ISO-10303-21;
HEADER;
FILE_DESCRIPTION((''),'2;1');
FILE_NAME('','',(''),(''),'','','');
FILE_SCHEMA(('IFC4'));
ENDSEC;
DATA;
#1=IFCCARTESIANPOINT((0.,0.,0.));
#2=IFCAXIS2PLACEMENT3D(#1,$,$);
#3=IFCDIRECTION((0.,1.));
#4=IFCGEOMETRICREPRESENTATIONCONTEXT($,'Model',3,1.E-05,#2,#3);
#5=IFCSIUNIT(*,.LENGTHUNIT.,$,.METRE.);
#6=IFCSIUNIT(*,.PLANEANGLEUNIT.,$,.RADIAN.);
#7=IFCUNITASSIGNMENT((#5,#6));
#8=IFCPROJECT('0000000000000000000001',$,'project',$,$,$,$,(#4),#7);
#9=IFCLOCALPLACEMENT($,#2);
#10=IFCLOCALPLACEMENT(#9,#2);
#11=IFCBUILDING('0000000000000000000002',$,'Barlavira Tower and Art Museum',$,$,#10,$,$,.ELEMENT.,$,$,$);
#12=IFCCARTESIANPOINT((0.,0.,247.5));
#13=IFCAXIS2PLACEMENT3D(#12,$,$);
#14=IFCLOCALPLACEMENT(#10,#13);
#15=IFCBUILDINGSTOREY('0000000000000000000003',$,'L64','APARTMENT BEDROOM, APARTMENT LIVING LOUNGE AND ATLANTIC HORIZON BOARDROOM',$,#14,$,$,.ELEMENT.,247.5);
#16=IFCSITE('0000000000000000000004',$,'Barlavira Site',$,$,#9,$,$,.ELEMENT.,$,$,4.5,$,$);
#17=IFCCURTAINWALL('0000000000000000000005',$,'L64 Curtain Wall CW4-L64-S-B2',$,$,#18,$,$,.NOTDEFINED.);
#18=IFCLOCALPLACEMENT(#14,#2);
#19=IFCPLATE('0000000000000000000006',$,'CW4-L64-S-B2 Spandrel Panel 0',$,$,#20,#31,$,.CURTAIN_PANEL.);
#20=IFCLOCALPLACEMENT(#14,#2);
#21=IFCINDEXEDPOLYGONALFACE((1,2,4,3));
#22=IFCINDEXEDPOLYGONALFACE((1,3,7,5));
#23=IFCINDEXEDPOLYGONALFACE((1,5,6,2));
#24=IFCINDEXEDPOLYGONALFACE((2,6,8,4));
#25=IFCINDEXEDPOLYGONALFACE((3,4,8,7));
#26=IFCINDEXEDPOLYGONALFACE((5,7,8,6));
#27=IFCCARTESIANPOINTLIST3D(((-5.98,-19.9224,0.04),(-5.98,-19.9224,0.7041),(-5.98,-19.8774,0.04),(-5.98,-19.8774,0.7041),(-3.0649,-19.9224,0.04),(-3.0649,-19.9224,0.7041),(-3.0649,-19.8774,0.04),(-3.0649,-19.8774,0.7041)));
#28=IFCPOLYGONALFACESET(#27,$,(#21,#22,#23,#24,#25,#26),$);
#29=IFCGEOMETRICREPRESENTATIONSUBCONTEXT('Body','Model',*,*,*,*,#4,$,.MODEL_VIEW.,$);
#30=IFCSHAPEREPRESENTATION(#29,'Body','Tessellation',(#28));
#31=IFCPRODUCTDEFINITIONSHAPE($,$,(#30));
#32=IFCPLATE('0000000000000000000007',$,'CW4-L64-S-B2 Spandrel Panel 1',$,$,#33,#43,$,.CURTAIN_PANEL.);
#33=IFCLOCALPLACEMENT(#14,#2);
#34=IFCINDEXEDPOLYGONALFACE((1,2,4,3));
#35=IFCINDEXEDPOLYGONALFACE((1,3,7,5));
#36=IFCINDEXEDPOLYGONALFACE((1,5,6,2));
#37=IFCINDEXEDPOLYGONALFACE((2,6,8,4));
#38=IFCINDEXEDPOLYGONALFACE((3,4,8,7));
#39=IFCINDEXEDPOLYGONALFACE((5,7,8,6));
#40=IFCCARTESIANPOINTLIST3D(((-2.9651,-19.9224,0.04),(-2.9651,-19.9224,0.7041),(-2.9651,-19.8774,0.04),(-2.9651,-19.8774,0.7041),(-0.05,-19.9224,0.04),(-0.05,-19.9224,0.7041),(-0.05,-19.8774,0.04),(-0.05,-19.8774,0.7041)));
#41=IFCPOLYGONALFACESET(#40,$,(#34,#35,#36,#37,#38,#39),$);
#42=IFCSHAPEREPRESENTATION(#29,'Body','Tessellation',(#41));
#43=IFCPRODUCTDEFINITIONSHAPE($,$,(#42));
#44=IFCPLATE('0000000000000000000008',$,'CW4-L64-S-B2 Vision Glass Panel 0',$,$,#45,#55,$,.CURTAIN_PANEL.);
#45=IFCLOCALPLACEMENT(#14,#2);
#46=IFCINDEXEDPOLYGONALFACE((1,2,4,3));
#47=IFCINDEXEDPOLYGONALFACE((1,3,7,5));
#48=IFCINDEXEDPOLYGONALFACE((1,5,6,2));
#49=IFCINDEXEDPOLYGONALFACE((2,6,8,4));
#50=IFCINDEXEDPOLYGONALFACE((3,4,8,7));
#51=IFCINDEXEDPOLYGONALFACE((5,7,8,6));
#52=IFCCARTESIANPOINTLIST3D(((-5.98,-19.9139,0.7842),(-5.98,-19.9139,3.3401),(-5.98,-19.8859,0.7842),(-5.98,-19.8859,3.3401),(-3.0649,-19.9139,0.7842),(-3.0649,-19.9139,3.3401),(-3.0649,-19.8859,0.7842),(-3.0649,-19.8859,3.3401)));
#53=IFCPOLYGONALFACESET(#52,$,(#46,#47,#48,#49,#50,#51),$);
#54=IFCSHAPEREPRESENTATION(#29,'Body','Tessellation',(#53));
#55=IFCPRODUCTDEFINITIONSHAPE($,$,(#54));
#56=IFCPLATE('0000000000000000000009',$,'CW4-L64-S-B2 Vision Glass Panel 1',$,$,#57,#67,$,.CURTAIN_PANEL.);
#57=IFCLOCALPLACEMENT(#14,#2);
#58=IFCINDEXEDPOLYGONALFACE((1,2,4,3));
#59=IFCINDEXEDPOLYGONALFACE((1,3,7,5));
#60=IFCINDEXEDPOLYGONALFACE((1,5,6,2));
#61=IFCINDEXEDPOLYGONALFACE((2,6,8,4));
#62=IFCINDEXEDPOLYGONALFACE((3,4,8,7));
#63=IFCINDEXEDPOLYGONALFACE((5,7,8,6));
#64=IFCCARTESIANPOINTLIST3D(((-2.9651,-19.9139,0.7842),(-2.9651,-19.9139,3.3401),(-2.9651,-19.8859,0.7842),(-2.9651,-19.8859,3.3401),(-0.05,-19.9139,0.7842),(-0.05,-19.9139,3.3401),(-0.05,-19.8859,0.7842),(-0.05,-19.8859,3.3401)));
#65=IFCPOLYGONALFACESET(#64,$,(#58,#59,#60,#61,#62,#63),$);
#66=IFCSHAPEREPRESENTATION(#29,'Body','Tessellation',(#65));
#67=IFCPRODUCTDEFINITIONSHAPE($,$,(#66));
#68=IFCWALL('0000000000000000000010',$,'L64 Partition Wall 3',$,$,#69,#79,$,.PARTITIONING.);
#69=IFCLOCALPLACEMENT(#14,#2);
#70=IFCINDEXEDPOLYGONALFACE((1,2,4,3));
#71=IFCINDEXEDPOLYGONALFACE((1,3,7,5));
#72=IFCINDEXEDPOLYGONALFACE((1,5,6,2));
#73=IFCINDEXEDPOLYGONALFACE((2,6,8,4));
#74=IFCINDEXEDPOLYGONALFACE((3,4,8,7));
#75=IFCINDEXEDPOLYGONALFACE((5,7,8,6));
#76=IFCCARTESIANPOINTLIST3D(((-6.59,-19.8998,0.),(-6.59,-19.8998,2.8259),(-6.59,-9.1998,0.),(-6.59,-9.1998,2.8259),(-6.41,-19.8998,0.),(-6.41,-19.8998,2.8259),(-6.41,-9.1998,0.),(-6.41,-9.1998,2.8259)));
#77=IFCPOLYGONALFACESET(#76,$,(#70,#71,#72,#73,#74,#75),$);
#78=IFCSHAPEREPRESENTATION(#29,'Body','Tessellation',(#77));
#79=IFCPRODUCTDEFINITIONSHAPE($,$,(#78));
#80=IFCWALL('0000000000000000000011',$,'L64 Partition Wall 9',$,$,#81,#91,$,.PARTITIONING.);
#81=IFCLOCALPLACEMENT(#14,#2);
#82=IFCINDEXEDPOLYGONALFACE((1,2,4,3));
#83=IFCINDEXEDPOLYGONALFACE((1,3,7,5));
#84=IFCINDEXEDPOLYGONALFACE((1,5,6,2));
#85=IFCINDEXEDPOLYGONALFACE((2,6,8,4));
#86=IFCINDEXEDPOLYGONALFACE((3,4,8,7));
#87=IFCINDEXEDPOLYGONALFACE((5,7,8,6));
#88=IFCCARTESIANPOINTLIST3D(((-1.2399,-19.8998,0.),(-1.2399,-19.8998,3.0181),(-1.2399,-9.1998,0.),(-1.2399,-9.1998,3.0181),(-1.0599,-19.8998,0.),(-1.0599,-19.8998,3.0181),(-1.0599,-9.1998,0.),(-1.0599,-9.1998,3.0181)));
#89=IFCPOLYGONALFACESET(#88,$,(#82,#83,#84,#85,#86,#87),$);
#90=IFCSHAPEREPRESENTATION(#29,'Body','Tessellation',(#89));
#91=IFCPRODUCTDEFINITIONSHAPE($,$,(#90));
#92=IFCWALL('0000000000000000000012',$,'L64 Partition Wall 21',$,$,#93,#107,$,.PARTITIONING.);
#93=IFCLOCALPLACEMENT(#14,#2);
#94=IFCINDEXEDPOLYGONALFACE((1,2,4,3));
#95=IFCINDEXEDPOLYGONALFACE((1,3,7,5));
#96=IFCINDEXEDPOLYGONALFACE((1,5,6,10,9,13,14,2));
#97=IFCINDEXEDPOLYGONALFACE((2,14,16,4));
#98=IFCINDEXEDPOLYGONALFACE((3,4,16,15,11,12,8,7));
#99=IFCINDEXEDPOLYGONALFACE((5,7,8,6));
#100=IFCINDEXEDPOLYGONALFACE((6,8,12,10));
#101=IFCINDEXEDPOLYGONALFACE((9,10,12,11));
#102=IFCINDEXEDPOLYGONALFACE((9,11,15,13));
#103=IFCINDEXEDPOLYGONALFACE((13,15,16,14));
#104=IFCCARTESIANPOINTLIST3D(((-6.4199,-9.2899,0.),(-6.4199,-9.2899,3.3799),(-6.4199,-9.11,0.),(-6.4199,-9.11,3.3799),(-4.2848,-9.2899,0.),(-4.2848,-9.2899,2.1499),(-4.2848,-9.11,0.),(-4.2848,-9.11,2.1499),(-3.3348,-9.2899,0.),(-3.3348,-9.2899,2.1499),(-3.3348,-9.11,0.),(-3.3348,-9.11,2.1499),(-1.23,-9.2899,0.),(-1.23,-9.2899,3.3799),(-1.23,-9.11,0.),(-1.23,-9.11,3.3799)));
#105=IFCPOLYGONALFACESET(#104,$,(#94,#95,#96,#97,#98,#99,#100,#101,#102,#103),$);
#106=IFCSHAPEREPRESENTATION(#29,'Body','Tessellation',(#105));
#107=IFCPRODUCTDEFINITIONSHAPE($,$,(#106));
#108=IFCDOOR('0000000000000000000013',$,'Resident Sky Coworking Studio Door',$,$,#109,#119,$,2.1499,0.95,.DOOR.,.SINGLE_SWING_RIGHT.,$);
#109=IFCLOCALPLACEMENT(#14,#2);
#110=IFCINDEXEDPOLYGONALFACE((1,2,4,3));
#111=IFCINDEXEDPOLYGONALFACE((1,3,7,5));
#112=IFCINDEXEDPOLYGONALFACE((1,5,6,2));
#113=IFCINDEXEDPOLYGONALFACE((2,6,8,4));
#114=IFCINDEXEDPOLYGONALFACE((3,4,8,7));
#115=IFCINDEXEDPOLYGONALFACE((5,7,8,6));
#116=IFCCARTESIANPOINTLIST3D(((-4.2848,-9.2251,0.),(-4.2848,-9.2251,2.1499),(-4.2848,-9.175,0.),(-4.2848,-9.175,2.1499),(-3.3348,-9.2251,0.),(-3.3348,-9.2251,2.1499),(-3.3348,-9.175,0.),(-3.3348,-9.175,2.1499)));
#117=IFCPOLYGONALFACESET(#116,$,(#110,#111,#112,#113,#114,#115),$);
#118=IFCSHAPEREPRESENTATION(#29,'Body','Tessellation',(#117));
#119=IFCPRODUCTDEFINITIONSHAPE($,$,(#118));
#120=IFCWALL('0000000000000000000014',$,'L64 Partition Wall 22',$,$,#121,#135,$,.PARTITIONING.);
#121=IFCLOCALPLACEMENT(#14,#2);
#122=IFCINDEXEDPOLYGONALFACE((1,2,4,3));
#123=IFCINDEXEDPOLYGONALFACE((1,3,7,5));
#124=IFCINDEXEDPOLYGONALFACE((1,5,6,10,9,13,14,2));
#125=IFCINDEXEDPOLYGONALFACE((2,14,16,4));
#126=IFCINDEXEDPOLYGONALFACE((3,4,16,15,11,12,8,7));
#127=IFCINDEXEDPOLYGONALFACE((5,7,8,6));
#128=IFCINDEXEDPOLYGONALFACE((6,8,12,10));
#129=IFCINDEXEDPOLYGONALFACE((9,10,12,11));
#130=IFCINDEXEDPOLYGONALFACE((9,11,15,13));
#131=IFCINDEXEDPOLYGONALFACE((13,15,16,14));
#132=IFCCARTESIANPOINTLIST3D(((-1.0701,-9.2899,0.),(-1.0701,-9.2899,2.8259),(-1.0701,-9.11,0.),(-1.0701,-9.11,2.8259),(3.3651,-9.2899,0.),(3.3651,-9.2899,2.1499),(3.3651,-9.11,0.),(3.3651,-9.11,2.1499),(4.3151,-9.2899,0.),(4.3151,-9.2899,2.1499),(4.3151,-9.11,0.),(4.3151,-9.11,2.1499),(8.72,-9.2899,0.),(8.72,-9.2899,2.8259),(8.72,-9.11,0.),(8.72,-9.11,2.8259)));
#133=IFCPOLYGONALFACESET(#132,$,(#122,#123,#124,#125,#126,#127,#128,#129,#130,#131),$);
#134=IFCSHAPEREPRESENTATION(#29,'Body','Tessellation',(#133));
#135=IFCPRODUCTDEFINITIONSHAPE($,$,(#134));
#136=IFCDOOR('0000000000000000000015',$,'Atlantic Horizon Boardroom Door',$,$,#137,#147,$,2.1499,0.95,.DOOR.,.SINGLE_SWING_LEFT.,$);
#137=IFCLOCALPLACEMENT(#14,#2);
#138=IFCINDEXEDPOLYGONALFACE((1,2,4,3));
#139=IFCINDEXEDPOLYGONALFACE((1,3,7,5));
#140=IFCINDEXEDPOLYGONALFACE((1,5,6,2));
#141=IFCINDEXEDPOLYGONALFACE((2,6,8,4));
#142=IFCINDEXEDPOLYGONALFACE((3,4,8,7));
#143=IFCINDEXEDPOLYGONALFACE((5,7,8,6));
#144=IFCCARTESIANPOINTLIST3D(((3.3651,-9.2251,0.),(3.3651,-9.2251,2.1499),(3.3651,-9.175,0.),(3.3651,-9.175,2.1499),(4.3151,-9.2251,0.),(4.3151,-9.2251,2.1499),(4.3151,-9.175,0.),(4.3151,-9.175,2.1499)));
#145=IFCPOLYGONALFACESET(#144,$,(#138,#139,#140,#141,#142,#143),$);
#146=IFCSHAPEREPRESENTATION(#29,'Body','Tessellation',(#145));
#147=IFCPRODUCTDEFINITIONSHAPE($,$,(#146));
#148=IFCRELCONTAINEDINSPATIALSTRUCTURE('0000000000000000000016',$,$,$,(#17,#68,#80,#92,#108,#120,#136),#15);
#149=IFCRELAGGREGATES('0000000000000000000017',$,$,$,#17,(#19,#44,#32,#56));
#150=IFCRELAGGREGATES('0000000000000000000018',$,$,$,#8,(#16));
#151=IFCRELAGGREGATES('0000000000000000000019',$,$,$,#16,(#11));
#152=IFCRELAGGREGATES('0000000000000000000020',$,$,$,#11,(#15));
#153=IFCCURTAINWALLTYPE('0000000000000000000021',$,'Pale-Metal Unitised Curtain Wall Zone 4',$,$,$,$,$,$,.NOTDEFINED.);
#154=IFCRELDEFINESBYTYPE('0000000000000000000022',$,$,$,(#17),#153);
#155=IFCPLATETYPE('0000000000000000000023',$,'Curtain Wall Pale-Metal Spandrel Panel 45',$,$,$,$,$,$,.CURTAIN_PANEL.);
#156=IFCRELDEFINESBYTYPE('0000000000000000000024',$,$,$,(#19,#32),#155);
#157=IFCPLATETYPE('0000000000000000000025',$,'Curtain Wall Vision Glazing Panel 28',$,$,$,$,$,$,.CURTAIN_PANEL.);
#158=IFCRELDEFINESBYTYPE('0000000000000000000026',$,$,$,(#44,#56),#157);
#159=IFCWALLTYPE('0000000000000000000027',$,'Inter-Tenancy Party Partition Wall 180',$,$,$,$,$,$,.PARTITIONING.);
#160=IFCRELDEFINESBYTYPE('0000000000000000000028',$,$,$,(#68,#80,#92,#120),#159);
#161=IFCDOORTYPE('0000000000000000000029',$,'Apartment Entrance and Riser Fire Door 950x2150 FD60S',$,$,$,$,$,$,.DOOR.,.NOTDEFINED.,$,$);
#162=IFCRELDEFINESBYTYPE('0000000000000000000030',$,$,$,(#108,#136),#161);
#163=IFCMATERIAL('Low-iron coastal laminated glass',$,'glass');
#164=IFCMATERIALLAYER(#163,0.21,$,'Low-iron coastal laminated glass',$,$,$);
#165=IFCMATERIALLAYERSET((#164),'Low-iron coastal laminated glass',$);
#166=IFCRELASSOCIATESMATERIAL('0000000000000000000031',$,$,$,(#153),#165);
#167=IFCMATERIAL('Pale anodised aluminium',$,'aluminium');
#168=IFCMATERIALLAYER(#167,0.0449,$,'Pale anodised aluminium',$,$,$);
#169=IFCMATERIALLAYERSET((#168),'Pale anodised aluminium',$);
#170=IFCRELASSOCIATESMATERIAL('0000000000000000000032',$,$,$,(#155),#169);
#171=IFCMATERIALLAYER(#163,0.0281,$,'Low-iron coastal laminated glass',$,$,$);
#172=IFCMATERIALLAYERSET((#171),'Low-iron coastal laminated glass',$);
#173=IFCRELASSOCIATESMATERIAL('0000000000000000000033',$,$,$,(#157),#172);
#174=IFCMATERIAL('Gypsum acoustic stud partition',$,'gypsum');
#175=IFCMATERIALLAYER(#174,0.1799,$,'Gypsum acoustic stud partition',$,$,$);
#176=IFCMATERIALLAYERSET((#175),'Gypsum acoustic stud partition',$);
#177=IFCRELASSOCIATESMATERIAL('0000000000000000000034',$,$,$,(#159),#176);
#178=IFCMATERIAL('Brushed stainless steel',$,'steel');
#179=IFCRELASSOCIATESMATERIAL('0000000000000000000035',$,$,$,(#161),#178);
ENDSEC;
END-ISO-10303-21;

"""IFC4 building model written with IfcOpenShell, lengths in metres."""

from ifc_helpers import new_model, si_unit, direction, frame, frame_2d, origin, origin_2d, place, context, subcontext, project, spatial, rectangle, extrude, material, layer, layer_set, type_object, element, fill, aggregate, save


model = new_model("IFC4")

# Units and contexts
model_context = context("Model", 3, precision=1e-05, world=origin(), true_north=direction((0.0, 1.0)))
body_context = subcontext(model_context, "Body", "Model", "MODEL_VIEW")
ifc_project = project(units=[si_unit("LENGTHUNIT", "METRE"), si_unit("PLANEANGLEUNIT", "RADIAN")], contexts=[model_context])

# Site, building, storey
site_placement = place(None, origin())
site = spatial("IfcSite", under=ifc_project, at=site_placement, Name="Barlavira Site", CompositionType="ELEMENT", RefElevation=4.5)
building_placement = place(site_placement, origin())
building = spatial("IfcBuilding", under=site, at=building_placement, Name="Barlavira Tower and Art Museum", CompositionType="ELEMENT")
storey_placement = place(building_placement, frame((0.0, 0.0, 247.5)))
storey = spatial("IfcBuildingStorey", under=building, at=storey_placement, Name="L64", Description="APARTMENT BEDROOM, APARTMENT LIVING LOUNGE AND ATLANTIC HORIZON BOARDROOM", CompositionType="ELEMENT", Elevation=247.5)

# Curtain wall
ifc_material_1 = material(Name="Low-iron coastal laminated glass", Category="glass")
ifc_layer_1 = layer(ifc_material_1, 0.21, Name="Low-iron coastal laminated glass")
ifc_layer_set_1 = layer_set([ifc_layer_1], Name="Low-iron coastal laminated glass")
curtain_wall_type = type_object("IfcCurtainWallType", Name="Pale-Metal Unitised Curtain Wall Zone 4", PredefinedType="NOTDEFINED", material=ifc_layer_set_1)
curtain_wall_placement = place(storey_placement, origin())
curtain_wall = element("IfcCurtainWall", 1, at=curtain_wall_placement, inside=storey, type_object=curtain_wall_type, Name="L64 Curtain Wall CW4-L64-S-B2", PredefinedType="NOTDEFINED")
ifc_material_2 = material(Name="Pale anodised aluminium", Category="aluminium")

# Plates
ifc_layer_2 = layer(ifc_material_2, 0.0449, Name="Pale anodised aluminium")
ifc_layer_set_2 = layer_set([ifc_layer_2], Name="Pale anodised aluminium")
plate_type_1 = type_object("IfcPlateType", Name="Curtain Wall Pale-Metal Spandrel Panel 45", PredefinedType="CURTAIN_PANEL", material=ifc_layer_set_2)
plate_1_placement = place(storey_placement, frame((-4.5225, -19.8999, 0.04), z_axis=(0.0, 0.0, 1.0), x_axis=(1.0, 0.0, 0.0)))
plate_1 = element("IfcPlate", 2, at=plate_1_placement, type_object=plate_type_1, Name="CW4-L64-S-B2 Spandrel Panel 0", PredefinedType="CURTAIN_PANEL", context=body_context, shape_type="SweptSolid", body=[
    extrude(rectangle(XDim=2.915, YDim=0.0449, at=origin_2d()), origin(), (0.0, 0.0, 1.0), 0.6641),
])
plate_2_placement = place(storey_placement, frame((-1.5076, -19.8999, 0.04), z_axis=(0.0, 0.0, 1.0), x_axis=(1.0, 0.0, 0.0)))
plate_2 = element("IfcPlate", 3, at=plate_2_placement, type_object=plate_type_1, Name="CW4-L64-S-B2 Spandrel Panel 1", PredefinedType="CURTAIN_PANEL", context=body_context, shape_type="SweptSolid", body=[
    extrude(rectangle(XDim=2.915, YDim=0.0449, at=origin_2d()), origin(), (0.0, 0.0, 1.0), 0.6641),
])
ifc_layer_3 = layer(ifc_material_1, 0.0281, Name="Low-iron coastal laminated glass")
ifc_layer_set_3 = layer_set([ifc_layer_3], Name="Low-iron coastal laminated glass")
plate_type_2 = type_object("IfcPlateType", Name="Curtain Wall Vision Glazing Panel 28", PredefinedType="CURTAIN_PANEL", material=ifc_layer_set_3)
plate_3_placement = place(storey_placement, frame((-4.5225, -19.8999, 0.7842), z_axis=(0.0, 0.0, 1.0), x_axis=(1.0, 0.0, 0.0)))
plate_3 = element("IfcPlate", 4, at=plate_3_placement, type_object=plate_type_2, Name="CW4-L64-S-B2 Vision Glass Panel 0", PredefinedType="CURTAIN_PANEL", context=body_context, shape_type="SweptSolid", body=[
    extrude(rectangle(XDim=2.915, YDim=0.0281, at=origin_2d()), origin(), (0.0, 0.0, 1.0), 2.5559),
])
plate_4_placement = place(storey_placement, frame((-1.5076, -19.8999, 0.7842), z_axis=(0.0, 0.0, 1.0), x_axis=(1.0, 0.0, 0.0)))
plate_4 = element("IfcPlate", 5, at=plate_4_placement, type_object=plate_type_2, Name="CW4-L64-S-B2 Vision Glass Panel 1", PredefinedType="CURTAIN_PANEL", context=body_context, shape_type="SweptSolid", body=[
    extrude(rectangle(XDim=2.915, YDim=0.0281, at=origin_2d()), origin(), (0.0, 0.0, 1.0), 2.5559),
])
aggregate(curtain_wall, [plate_1, plate_3, plate_2, plate_4])

# Walls
ifc_material_3 = material(Name="Gypsum acoustic stud partition", Category="gypsum")
ifc_layer_4 = layer(ifc_material_3, 0.1799, Name="Gypsum acoustic stud partition")
ifc_layer_set_4 = layer_set([ifc_layer_4], Name="Gypsum acoustic stud partition")
wall_type = type_object("IfcWallType", Name="Inter-Tenancy Party Partition Wall 180", PredefinedType="PARTITIONING", material=ifc_layer_set_4)
wall_1_placement = place(storey_placement, frame((-6.5, -19.8999, 0.0), z_axis=(0.0, 0.0, 1.0), x_axis=(0.0, 1.0, 0.0)))
element("IfcWall", 6, at=wall_1_placement, inside=storey, type_object=wall_type, Name="L64 Partition Wall 3", PredefinedType="PARTITIONING", context=body_context, shape_type="SweptSolid", body=[
    extrude(rectangle(XDim=10.7, YDim=0.1799, at=frame_2d((5.3501, 0.0))), origin(), (0.0, 0.0, 1.0), 2.8259),
])
wall_2_placement = place(storey_placement, frame((-1.1499, -19.8999, 0.0), z_axis=(0.0, 0.0, 1.0), x_axis=(0.0, 1.0, 0.0)))
element("IfcWall", 7, at=wall_2_placement, inside=storey, type_object=wall_type, Name="L64 Partition Wall 9", PredefinedType="PARTITIONING", context=body_context, shape_type="SweptSolid", body=[
    extrude(rectangle(XDim=10.7, YDim=0.1799, at=frame_2d((5.3501, 0.0))), origin(), (0.0, 0.0, 1.0), 3.0181),
])

# Walls, openings, doors
wall_3_placement = place(storey_placement, frame((-6.4199, -9.2, 0.0), z_axis=(0.0, 0.0, 1.0), x_axis=(1.0, 0.0, 0.0)))
wall_3 = element("IfcWall", 8, at=wall_3_placement, inside=storey, type_object=wall_type, Name="L64 Partition Wall 21", PredefinedType="PARTITIONING", context=body_context, shape_type="SweptSolid", body=[
    extrude(rectangle(XDim=5.1899, YDim=0.1799, at=frame_2d((2.595, 0.0))), origin(), (0.0, 0.0, 1.0), 3.3799),
])
opening_1_placement = place(wall_3_placement, frame((2.135, 0.0, 0.0)))
opening_1 = element("IfcOpeningElement", 9, at=opening_1_placement, cuts=wall_3, PredefinedType="OPENING", context=body_context, shape_type="SweptSolid", body=[
    extrude(rectangle(XDim=0.95, YDim=2.1499, at=frame_2d((0.4751, 1.075))), frame((0.0, 0.1001, 0.0), z_axis=(0.0, -1.0, 0.0), x_axis=(1.0, 0.0, 0.0)), (0.0, 0.0, 1.0), 0.2),
])
ifc_material_4 = material(Name="Brushed stainless steel", Category="steel")
door_type = type_object("IfcDoorType", Name="Apartment Entrance and Riser Fire Door 950x2150 FD60S", OperationType="NOTDEFINED", PredefinedType="DOOR", material=ifc_material_4)
door_1_placement = place(opening_1_placement, origin())
door_1 = element("IfcDoor", 10, at=door_1_placement, inside=storey, type_object=door_type, Name="Resident Sky Coworking Studio Door", OperationType="SINGLE_SWING_RIGHT", OverallHeight=2.1499, OverallWidth=0.95, PredefinedType="DOOR", context=body_context, shape_type="SweptSolid", body=[
    extrude(rectangle(XDim=0.95, YDim=2.1499, at=frame_2d((0.4751, 1.075))), frame((0.0, 0.0249, 0.0), z_axis=(0.0, -1.0, 0.0), x_axis=(1.0, 0.0, 0.0)), (0.0, 0.0, 1.0), 0.05),
])
fill(opening_1, door_1)
wall_4_placement = place(storey_placement, frame((-1.0701, -9.2, 0.0), z_axis=(0.0, 0.0, 1.0), x_axis=(1.0, 0.0, 0.0)))
wall_4 = element("IfcWall", 11, at=wall_4_placement, inside=storey, type_object=wall_type, Name="L64 Partition Wall 22", PredefinedType="PARTITIONING", context=body_context, shape_type="SweptSolid", body=[
    extrude(rectangle(XDim=9.79, YDim=0.1799, at=frame_2d((4.895, 0.0))), origin(), (0.0, 0.0, 1.0), 2.8259),
])
opening_2_placement = place(wall_4_placement, frame((4.4351, 0.0, 0.0)))
opening_2 = element("IfcOpeningElement", 12, at=opening_2_placement, cuts=wall_4, PredefinedType="OPENING", context=body_context, shape_type="SweptSolid", body=[
    extrude(rectangle(XDim=0.95, YDim=2.1499, at=frame_2d((0.4751, 1.075))), frame((0.0, 0.1001, 0.0), z_axis=(0.0, -1.0, 0.0), x_axis=(1.0, 0.0, 0.0)), (0.0, 0.0, 1.0), 0.2),
])
door_2_placement = place(opening_2_placement, origin())
door_2 = element("IfcDoor", 13, at=door_2_placement, inside=storey, type_object=door_type, Name="Atlantic Horizon Boardroom Door", OperationType="SINGLE_SWING_LEFT", OverallHeight=2.1499, OverallWidth=0.95, PredefinedType="DOOR", context=body_context, shape_type="SweptSolid", body=[
    extrude(rectangle(XDim=0.95, YDim=2.1499, at=frame_2d((0.4751, 1.075))), frame((0.0, 0.0249, 0.0), z_axis=(0.0, -1.0, 0.0), x_axis=(1.0, 0.0, 0.0)), (0.0, 0.0, 1.0), 0.05),
])
fill(opening_2, door_2)

save(model, "model.ifc")
